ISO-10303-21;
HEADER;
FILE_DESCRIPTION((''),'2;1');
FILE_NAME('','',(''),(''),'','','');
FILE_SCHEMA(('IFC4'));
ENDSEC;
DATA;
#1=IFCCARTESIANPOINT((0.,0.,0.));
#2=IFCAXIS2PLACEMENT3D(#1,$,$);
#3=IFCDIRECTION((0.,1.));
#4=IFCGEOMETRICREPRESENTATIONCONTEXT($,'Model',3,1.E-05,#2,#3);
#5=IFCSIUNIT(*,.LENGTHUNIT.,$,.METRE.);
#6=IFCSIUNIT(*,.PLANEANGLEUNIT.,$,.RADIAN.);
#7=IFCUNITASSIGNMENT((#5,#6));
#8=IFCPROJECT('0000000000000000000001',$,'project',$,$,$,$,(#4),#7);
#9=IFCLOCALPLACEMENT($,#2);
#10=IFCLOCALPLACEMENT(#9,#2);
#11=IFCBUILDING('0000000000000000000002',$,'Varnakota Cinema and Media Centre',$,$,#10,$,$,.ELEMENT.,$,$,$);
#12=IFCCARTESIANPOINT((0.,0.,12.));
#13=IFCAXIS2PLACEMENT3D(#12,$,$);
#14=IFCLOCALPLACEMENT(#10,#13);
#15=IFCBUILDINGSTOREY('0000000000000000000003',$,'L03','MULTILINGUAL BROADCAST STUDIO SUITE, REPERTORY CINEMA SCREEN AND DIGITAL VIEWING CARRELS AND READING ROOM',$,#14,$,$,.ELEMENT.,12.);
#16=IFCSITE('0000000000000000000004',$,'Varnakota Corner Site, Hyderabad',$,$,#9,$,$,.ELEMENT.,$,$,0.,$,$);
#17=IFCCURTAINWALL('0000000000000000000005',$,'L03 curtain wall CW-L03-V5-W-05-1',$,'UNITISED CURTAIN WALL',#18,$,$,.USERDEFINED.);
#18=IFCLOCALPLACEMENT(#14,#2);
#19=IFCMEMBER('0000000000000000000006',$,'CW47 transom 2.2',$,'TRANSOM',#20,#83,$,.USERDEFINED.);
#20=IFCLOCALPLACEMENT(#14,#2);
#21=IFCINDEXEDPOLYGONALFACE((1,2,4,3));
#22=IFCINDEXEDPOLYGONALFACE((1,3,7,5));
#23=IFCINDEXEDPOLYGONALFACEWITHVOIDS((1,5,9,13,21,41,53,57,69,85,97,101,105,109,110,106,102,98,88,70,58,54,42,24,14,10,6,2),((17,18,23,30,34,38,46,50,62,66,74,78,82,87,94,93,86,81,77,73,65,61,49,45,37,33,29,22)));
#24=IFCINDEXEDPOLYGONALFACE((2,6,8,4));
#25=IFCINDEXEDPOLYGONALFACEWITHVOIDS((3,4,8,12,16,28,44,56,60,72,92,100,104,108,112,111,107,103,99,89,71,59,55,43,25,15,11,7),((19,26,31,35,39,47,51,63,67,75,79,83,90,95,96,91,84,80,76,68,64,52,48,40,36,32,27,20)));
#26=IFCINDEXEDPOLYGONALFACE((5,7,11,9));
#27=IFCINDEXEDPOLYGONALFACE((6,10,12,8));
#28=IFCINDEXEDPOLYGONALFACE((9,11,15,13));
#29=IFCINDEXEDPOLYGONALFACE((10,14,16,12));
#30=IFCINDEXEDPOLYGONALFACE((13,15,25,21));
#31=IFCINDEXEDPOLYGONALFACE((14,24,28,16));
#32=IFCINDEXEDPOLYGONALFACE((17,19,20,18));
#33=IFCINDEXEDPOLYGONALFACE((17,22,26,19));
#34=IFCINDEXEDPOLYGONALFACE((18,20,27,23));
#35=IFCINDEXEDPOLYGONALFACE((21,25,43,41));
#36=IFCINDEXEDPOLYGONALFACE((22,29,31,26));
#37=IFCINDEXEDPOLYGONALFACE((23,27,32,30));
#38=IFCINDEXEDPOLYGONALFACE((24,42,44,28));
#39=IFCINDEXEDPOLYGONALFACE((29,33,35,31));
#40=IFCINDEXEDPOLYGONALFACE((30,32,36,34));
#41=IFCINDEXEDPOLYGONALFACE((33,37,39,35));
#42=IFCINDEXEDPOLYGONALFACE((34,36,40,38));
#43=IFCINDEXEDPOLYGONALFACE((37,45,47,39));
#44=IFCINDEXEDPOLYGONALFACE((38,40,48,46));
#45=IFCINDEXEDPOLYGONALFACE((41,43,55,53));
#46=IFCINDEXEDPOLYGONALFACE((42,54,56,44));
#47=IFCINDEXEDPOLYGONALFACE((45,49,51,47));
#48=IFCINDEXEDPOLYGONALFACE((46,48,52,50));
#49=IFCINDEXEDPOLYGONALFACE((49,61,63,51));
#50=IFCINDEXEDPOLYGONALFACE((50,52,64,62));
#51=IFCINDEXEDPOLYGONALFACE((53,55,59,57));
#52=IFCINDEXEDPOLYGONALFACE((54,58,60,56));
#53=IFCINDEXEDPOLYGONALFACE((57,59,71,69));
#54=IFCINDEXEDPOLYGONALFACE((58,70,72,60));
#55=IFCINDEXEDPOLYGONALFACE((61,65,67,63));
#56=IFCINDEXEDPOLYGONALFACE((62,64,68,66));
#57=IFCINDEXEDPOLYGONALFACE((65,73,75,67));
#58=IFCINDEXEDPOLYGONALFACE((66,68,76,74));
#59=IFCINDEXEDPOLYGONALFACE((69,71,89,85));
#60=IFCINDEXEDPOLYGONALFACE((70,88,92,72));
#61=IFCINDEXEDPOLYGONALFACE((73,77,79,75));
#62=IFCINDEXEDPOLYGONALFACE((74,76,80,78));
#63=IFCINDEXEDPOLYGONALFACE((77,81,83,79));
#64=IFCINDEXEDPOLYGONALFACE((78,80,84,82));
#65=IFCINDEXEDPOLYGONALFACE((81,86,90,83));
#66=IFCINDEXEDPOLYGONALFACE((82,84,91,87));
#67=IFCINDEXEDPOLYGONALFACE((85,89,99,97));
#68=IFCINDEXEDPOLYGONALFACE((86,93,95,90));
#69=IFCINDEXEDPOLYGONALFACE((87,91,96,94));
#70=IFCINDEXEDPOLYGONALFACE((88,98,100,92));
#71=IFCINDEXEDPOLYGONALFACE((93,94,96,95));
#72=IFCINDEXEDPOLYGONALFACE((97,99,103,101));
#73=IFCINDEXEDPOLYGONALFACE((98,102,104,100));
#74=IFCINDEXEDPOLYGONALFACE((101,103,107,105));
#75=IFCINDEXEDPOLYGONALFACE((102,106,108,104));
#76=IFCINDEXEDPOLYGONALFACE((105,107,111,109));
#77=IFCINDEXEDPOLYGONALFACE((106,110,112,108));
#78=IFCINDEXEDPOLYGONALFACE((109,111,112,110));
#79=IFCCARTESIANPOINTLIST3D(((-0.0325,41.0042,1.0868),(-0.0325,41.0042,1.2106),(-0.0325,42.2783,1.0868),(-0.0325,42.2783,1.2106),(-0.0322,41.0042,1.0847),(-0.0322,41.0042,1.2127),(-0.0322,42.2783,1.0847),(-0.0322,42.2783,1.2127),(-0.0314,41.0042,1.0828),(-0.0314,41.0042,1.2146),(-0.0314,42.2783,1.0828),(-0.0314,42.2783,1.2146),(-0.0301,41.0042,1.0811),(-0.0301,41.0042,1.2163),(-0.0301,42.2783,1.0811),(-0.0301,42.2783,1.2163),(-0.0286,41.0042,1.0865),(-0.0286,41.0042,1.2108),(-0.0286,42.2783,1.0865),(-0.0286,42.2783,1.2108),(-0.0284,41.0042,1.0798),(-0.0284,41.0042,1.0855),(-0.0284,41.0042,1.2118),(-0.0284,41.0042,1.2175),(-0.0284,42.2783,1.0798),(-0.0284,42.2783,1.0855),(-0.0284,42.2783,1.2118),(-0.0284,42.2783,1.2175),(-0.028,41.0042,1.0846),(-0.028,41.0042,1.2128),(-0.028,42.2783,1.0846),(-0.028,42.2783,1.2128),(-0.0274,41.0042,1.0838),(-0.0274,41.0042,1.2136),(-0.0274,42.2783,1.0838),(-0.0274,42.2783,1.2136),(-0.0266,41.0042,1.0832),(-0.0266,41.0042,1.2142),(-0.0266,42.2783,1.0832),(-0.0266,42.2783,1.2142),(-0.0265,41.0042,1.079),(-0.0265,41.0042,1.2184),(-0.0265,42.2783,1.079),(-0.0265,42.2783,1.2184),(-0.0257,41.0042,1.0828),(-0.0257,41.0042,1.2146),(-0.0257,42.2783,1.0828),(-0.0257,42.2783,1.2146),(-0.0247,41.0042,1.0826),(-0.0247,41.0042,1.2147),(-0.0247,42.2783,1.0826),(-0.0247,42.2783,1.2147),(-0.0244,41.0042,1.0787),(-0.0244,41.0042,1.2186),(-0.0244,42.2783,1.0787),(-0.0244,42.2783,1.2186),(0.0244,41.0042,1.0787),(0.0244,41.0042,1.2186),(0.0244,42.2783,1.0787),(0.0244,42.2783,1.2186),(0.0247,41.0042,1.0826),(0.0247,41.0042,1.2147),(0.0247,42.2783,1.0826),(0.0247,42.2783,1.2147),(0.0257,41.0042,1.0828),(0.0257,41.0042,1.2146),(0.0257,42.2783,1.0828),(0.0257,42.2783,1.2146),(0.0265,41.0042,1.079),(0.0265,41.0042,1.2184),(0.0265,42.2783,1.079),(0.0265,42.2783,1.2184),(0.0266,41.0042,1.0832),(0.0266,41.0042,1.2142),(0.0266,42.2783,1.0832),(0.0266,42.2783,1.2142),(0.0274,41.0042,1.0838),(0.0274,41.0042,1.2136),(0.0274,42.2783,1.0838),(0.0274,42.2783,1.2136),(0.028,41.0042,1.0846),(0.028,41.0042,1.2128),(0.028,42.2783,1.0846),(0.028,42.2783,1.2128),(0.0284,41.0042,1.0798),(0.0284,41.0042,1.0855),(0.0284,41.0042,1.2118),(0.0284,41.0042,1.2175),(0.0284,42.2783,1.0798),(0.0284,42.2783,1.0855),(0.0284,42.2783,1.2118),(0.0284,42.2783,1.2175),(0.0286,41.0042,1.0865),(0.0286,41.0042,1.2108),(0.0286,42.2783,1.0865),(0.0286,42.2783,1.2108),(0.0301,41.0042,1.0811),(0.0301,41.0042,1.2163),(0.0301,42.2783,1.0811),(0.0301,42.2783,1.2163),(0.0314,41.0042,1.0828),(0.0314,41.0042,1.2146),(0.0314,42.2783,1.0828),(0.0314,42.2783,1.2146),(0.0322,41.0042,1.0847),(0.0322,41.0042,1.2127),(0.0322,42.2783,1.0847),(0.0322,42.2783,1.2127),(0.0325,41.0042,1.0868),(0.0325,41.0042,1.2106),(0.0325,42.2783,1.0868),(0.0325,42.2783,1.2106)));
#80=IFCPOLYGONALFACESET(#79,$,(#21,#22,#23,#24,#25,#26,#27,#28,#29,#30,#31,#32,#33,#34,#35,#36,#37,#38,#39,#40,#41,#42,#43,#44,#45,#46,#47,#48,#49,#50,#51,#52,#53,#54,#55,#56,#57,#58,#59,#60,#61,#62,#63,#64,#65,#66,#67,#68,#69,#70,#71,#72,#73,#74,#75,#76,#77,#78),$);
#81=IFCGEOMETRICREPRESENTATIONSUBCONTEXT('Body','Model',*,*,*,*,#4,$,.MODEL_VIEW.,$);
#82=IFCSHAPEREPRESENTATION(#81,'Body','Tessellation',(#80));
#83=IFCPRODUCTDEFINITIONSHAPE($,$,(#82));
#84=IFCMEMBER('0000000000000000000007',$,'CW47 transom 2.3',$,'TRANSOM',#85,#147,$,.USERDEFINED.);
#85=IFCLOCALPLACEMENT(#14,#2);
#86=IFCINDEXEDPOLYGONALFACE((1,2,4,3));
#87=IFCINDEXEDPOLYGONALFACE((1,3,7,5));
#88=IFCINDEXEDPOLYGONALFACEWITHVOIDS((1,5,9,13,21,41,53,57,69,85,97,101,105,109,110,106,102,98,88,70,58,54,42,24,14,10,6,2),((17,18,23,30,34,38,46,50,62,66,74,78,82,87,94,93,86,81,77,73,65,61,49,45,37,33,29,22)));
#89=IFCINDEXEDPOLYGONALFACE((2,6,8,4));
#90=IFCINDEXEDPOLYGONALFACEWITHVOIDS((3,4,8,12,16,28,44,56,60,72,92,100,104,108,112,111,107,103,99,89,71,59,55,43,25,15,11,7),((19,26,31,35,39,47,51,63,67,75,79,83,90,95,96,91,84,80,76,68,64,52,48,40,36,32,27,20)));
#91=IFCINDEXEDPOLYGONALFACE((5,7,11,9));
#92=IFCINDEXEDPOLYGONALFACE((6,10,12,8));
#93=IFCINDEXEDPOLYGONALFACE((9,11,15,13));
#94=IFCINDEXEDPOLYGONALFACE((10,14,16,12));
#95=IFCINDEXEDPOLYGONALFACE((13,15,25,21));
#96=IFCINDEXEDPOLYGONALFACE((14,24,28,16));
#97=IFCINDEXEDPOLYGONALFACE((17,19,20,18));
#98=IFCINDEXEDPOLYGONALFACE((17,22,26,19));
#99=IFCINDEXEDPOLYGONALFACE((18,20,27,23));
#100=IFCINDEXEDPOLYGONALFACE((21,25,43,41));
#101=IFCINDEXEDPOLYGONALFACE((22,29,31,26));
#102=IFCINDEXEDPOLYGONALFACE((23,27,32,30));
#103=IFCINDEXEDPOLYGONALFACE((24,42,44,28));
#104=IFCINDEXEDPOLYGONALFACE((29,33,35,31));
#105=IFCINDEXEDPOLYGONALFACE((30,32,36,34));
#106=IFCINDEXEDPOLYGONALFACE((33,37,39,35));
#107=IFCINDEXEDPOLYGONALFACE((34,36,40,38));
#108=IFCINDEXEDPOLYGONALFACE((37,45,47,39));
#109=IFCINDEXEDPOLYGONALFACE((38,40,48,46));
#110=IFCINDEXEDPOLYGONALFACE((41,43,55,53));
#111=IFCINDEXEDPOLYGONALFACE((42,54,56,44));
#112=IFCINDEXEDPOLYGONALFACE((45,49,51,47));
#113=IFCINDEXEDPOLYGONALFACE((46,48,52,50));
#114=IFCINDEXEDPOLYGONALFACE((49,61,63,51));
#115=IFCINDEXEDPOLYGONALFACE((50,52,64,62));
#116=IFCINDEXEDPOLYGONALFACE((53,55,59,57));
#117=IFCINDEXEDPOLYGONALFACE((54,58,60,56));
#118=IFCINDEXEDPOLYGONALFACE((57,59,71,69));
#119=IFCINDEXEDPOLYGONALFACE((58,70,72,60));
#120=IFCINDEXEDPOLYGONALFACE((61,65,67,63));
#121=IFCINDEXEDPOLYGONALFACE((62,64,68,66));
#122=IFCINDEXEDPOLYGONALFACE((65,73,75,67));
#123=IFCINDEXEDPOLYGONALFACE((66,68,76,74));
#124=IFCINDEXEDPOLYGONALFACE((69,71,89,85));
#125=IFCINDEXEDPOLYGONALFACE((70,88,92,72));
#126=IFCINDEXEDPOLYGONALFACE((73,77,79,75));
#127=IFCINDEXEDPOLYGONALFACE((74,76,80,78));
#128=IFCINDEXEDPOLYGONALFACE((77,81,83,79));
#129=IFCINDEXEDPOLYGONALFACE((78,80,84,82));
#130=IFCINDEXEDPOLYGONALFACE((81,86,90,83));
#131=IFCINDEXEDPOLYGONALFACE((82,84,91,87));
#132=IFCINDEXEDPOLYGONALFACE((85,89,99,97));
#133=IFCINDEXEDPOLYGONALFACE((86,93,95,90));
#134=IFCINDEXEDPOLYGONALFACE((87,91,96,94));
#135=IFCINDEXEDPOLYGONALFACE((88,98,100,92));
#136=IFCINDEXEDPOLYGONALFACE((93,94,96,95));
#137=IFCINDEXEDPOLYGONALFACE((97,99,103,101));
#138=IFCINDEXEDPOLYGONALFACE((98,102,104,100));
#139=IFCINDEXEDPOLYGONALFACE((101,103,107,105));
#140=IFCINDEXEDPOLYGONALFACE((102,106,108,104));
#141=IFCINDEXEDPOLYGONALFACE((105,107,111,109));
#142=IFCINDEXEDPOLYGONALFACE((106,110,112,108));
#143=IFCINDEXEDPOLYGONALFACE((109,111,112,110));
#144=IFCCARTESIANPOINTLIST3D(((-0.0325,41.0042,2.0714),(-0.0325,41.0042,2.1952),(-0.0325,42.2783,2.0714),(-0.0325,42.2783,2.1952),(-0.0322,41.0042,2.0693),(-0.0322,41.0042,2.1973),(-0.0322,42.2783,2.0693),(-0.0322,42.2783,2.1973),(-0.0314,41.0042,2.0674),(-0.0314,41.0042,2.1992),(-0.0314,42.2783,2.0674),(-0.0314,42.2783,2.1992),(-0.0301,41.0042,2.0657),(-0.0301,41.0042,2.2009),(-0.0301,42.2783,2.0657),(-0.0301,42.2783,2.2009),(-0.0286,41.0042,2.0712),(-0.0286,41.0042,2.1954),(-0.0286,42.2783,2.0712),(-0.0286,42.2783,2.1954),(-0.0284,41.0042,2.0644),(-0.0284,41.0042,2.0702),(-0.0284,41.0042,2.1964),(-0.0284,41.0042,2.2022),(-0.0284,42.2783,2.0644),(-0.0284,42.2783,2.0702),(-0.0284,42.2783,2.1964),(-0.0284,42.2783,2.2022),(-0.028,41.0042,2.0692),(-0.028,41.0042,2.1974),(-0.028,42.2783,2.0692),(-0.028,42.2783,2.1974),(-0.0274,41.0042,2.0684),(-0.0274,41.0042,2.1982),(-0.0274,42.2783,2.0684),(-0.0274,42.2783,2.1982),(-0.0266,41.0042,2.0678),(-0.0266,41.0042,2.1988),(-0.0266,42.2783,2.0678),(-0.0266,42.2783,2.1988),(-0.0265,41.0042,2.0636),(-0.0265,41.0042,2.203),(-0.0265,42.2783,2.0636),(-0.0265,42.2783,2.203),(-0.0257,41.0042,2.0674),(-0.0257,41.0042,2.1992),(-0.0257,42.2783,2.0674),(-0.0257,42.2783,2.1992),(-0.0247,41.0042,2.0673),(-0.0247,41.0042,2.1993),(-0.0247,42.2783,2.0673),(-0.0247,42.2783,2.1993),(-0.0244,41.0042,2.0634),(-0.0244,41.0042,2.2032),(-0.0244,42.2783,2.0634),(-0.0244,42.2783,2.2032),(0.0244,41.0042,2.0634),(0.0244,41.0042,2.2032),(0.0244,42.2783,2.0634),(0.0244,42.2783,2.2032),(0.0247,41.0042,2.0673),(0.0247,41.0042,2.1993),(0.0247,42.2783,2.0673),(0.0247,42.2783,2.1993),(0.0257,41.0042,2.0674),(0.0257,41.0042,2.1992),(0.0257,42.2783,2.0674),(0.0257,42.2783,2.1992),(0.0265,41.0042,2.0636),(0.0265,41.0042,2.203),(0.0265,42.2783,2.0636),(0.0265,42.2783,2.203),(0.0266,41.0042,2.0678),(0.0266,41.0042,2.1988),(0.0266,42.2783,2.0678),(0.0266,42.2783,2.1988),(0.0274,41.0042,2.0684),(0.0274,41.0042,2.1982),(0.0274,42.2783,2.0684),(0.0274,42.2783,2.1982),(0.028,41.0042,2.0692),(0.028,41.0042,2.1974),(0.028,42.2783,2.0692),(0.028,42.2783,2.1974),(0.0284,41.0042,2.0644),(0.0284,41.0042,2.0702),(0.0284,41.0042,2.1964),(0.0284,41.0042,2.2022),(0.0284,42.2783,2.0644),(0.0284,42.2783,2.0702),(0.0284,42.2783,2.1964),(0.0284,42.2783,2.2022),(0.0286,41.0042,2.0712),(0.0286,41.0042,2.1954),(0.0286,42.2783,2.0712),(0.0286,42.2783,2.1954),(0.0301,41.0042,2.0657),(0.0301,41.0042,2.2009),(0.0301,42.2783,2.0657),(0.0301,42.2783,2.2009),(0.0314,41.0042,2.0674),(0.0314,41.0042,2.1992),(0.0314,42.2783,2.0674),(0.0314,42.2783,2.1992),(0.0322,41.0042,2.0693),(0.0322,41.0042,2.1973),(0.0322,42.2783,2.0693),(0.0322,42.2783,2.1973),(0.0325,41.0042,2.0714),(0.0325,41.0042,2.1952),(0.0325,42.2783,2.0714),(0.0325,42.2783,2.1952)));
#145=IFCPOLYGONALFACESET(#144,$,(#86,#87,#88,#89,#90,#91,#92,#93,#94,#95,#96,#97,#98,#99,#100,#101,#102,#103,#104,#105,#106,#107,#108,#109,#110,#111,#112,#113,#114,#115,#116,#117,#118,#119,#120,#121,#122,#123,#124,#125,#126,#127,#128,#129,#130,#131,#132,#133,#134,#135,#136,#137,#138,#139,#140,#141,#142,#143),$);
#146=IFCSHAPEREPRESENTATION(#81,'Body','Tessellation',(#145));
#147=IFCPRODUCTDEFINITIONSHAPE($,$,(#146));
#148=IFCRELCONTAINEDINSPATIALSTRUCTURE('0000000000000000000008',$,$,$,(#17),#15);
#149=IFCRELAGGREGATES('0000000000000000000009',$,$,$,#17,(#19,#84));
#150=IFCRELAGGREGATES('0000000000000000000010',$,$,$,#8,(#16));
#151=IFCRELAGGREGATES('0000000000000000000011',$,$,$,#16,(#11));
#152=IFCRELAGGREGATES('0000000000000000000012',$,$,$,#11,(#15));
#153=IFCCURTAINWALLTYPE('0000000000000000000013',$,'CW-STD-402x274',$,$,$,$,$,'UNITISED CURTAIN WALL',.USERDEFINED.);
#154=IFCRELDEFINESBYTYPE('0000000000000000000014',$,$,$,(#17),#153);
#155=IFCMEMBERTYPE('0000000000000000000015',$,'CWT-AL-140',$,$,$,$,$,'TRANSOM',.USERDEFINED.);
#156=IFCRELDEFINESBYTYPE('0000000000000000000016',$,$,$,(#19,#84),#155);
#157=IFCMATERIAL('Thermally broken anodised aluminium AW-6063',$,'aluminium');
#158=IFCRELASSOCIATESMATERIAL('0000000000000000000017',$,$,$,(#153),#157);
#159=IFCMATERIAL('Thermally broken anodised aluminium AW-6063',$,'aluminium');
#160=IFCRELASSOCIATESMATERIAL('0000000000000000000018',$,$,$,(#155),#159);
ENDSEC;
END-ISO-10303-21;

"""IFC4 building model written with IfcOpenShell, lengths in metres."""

from ifc_helpers import new_model, si_unit, direction, frame, origin, origin_2d, place, context, subcontext, project, spatial, hollow_rectangle, extrude, material, material_profile, profile_set, type_object, element, aggregate, save


model = new_model("IFC4")

# Units and contexts
model_context = context("Model", 3, precision=1e-05, world=origin(), true_north=direction((0.0, 1.0)))
body_context = subcontext(model_context, "Body", "Model", "MODEL_VIEW")
ifc_project = project(units=[si_unit("LENGTHUNIT", "METRE"), si_unit("PLANEANGLEUNIT", "RADIAN")], contexts=[model_context])

# Site, building, storey
site_placement = place(None, origin())
site = spatial("IfcSite", under=ifc_project, at=site_placement, Name="Varnakota Corner Site, Hyderabad", CompositionType="ELEMENT", RefElevation=0.0)
building_placement = place(site_placement, origin())
building = spatial("IfcBuilding", under=site, at=building_placement, Name="Varnakota Cinema and Media Centre", CompositionType="ELEMENT")
storey_placement = place(building_placement, frame((0.0, 0.0, 12.0)))
storey = spatial("IfcBuildingStorey", under=building, at=storey_placement, Name="L03", Description="MULTILINGUAL BROADCAST STUDIO SUITE, REPERTORY CINEMA SCREEN AND DIGITAL VIEWING CARRELS AND READING ROOM", CompositionType="ELEMENT", Elevation=12.0)

# Curtain wall
ifc_material_1 = material(Name="Thermally broken anodised aluminium AW-6063", Category="aluminium")
curtain_wall_type = type_object("IfcCurtainWallType", Name="CW-STD-402x274", ElementType="UNITISED CURTAIN WALL", PredefinedType="USERDEFINED", material=ifc_material_1)
curtain_wall_1_placement = place(storey_placement, origin())
curtain_wall_1 = element("IfcCurtainWall", 1, at=curtain_wall_1_placement, inside=storey, type_object=curtain_wall_type, Name="L03 curtain wall CW-L03-V5-W-05-1", ObjectType="UNITISED CURTAIN WALL", PredefinedType="USERDEFINED")

# Members
ifc_material_2 = material(Name="Thermally broken anodised aluminium AW-6063", Category="aluminium")
ifc_material_profile_1 = material_profile(ifc_material_2, hollow_rectangle(XDim=0.0649, YDim=0.1399, WallThickness=0.0039, InnerFilletRadius=0.0039, OuterFilletRadius=0.0081, at=origin_2d()), Name="AL-TRANSOM 140x65x4")
ifc_profile_set_1 = profile_set([ifc_material_profile_1], Name="Thermally broken anodised aluminium AW-6063")
member_type_1 = type_object("IfcMemberType", Name="CWT-AL-140", ElementType="TRANSOM", PredefinedType="USERDEFINED", material=ifc_profile_set_1)
member_1_placement = place(storey_placement, frame((0.0, 42.2783, 1.1487), z_axis=(0.0, -1.0, 0.0), x_axis=(1.0, 0.0, 0.0)))
member_1 = element("IfcMember", 2, at=member_1_placement, type_object=member_type_1, Name="CW47 transom 2.2", ObjectType="TRANSOM", PredefinedType="USERDEFINED", context=body_context, shape_type="SweptSolid", body=[
    extrude(hollow_rectangle(XDim=0.0649, YDim=0.1399, WallThickness=0.0039, InnerFilletRadius=0.0039, OuterFilletRadius=0.0081, at=origin_2d()), origin(), (0.0, 0.0, 1.0), 1.2742),
])
member_2_placement = place(storey_placement, frame((0.0, 42.2783, 2.1333), z_axis=(0.0, -1.0, 0.0), x_axis=(1.0, 0.0, 0.0)))
member_2 = element("IfcMember", 3, at=member_2_placement, type_object=member_type_1, Name="CW47 transom 2.3", ObjectType="TRANSOM", PredefinedType="USERDEFINED", context=body_context, shape_type="SweptSolid", body=[
    extrude(hollow_rectangle(XDim=0.0649, YDim=0.1399, WallThickness=0.0039, InnerFilletRadius=0.0039, OuterFilletRadius=0.0081, at=origin_2d()), origin(), (0.0, 0.0, 1.0), 1.2742),
])

aggregate(curtain_wall_1, [member_1, member_2])

save(model, "model.ifc")
